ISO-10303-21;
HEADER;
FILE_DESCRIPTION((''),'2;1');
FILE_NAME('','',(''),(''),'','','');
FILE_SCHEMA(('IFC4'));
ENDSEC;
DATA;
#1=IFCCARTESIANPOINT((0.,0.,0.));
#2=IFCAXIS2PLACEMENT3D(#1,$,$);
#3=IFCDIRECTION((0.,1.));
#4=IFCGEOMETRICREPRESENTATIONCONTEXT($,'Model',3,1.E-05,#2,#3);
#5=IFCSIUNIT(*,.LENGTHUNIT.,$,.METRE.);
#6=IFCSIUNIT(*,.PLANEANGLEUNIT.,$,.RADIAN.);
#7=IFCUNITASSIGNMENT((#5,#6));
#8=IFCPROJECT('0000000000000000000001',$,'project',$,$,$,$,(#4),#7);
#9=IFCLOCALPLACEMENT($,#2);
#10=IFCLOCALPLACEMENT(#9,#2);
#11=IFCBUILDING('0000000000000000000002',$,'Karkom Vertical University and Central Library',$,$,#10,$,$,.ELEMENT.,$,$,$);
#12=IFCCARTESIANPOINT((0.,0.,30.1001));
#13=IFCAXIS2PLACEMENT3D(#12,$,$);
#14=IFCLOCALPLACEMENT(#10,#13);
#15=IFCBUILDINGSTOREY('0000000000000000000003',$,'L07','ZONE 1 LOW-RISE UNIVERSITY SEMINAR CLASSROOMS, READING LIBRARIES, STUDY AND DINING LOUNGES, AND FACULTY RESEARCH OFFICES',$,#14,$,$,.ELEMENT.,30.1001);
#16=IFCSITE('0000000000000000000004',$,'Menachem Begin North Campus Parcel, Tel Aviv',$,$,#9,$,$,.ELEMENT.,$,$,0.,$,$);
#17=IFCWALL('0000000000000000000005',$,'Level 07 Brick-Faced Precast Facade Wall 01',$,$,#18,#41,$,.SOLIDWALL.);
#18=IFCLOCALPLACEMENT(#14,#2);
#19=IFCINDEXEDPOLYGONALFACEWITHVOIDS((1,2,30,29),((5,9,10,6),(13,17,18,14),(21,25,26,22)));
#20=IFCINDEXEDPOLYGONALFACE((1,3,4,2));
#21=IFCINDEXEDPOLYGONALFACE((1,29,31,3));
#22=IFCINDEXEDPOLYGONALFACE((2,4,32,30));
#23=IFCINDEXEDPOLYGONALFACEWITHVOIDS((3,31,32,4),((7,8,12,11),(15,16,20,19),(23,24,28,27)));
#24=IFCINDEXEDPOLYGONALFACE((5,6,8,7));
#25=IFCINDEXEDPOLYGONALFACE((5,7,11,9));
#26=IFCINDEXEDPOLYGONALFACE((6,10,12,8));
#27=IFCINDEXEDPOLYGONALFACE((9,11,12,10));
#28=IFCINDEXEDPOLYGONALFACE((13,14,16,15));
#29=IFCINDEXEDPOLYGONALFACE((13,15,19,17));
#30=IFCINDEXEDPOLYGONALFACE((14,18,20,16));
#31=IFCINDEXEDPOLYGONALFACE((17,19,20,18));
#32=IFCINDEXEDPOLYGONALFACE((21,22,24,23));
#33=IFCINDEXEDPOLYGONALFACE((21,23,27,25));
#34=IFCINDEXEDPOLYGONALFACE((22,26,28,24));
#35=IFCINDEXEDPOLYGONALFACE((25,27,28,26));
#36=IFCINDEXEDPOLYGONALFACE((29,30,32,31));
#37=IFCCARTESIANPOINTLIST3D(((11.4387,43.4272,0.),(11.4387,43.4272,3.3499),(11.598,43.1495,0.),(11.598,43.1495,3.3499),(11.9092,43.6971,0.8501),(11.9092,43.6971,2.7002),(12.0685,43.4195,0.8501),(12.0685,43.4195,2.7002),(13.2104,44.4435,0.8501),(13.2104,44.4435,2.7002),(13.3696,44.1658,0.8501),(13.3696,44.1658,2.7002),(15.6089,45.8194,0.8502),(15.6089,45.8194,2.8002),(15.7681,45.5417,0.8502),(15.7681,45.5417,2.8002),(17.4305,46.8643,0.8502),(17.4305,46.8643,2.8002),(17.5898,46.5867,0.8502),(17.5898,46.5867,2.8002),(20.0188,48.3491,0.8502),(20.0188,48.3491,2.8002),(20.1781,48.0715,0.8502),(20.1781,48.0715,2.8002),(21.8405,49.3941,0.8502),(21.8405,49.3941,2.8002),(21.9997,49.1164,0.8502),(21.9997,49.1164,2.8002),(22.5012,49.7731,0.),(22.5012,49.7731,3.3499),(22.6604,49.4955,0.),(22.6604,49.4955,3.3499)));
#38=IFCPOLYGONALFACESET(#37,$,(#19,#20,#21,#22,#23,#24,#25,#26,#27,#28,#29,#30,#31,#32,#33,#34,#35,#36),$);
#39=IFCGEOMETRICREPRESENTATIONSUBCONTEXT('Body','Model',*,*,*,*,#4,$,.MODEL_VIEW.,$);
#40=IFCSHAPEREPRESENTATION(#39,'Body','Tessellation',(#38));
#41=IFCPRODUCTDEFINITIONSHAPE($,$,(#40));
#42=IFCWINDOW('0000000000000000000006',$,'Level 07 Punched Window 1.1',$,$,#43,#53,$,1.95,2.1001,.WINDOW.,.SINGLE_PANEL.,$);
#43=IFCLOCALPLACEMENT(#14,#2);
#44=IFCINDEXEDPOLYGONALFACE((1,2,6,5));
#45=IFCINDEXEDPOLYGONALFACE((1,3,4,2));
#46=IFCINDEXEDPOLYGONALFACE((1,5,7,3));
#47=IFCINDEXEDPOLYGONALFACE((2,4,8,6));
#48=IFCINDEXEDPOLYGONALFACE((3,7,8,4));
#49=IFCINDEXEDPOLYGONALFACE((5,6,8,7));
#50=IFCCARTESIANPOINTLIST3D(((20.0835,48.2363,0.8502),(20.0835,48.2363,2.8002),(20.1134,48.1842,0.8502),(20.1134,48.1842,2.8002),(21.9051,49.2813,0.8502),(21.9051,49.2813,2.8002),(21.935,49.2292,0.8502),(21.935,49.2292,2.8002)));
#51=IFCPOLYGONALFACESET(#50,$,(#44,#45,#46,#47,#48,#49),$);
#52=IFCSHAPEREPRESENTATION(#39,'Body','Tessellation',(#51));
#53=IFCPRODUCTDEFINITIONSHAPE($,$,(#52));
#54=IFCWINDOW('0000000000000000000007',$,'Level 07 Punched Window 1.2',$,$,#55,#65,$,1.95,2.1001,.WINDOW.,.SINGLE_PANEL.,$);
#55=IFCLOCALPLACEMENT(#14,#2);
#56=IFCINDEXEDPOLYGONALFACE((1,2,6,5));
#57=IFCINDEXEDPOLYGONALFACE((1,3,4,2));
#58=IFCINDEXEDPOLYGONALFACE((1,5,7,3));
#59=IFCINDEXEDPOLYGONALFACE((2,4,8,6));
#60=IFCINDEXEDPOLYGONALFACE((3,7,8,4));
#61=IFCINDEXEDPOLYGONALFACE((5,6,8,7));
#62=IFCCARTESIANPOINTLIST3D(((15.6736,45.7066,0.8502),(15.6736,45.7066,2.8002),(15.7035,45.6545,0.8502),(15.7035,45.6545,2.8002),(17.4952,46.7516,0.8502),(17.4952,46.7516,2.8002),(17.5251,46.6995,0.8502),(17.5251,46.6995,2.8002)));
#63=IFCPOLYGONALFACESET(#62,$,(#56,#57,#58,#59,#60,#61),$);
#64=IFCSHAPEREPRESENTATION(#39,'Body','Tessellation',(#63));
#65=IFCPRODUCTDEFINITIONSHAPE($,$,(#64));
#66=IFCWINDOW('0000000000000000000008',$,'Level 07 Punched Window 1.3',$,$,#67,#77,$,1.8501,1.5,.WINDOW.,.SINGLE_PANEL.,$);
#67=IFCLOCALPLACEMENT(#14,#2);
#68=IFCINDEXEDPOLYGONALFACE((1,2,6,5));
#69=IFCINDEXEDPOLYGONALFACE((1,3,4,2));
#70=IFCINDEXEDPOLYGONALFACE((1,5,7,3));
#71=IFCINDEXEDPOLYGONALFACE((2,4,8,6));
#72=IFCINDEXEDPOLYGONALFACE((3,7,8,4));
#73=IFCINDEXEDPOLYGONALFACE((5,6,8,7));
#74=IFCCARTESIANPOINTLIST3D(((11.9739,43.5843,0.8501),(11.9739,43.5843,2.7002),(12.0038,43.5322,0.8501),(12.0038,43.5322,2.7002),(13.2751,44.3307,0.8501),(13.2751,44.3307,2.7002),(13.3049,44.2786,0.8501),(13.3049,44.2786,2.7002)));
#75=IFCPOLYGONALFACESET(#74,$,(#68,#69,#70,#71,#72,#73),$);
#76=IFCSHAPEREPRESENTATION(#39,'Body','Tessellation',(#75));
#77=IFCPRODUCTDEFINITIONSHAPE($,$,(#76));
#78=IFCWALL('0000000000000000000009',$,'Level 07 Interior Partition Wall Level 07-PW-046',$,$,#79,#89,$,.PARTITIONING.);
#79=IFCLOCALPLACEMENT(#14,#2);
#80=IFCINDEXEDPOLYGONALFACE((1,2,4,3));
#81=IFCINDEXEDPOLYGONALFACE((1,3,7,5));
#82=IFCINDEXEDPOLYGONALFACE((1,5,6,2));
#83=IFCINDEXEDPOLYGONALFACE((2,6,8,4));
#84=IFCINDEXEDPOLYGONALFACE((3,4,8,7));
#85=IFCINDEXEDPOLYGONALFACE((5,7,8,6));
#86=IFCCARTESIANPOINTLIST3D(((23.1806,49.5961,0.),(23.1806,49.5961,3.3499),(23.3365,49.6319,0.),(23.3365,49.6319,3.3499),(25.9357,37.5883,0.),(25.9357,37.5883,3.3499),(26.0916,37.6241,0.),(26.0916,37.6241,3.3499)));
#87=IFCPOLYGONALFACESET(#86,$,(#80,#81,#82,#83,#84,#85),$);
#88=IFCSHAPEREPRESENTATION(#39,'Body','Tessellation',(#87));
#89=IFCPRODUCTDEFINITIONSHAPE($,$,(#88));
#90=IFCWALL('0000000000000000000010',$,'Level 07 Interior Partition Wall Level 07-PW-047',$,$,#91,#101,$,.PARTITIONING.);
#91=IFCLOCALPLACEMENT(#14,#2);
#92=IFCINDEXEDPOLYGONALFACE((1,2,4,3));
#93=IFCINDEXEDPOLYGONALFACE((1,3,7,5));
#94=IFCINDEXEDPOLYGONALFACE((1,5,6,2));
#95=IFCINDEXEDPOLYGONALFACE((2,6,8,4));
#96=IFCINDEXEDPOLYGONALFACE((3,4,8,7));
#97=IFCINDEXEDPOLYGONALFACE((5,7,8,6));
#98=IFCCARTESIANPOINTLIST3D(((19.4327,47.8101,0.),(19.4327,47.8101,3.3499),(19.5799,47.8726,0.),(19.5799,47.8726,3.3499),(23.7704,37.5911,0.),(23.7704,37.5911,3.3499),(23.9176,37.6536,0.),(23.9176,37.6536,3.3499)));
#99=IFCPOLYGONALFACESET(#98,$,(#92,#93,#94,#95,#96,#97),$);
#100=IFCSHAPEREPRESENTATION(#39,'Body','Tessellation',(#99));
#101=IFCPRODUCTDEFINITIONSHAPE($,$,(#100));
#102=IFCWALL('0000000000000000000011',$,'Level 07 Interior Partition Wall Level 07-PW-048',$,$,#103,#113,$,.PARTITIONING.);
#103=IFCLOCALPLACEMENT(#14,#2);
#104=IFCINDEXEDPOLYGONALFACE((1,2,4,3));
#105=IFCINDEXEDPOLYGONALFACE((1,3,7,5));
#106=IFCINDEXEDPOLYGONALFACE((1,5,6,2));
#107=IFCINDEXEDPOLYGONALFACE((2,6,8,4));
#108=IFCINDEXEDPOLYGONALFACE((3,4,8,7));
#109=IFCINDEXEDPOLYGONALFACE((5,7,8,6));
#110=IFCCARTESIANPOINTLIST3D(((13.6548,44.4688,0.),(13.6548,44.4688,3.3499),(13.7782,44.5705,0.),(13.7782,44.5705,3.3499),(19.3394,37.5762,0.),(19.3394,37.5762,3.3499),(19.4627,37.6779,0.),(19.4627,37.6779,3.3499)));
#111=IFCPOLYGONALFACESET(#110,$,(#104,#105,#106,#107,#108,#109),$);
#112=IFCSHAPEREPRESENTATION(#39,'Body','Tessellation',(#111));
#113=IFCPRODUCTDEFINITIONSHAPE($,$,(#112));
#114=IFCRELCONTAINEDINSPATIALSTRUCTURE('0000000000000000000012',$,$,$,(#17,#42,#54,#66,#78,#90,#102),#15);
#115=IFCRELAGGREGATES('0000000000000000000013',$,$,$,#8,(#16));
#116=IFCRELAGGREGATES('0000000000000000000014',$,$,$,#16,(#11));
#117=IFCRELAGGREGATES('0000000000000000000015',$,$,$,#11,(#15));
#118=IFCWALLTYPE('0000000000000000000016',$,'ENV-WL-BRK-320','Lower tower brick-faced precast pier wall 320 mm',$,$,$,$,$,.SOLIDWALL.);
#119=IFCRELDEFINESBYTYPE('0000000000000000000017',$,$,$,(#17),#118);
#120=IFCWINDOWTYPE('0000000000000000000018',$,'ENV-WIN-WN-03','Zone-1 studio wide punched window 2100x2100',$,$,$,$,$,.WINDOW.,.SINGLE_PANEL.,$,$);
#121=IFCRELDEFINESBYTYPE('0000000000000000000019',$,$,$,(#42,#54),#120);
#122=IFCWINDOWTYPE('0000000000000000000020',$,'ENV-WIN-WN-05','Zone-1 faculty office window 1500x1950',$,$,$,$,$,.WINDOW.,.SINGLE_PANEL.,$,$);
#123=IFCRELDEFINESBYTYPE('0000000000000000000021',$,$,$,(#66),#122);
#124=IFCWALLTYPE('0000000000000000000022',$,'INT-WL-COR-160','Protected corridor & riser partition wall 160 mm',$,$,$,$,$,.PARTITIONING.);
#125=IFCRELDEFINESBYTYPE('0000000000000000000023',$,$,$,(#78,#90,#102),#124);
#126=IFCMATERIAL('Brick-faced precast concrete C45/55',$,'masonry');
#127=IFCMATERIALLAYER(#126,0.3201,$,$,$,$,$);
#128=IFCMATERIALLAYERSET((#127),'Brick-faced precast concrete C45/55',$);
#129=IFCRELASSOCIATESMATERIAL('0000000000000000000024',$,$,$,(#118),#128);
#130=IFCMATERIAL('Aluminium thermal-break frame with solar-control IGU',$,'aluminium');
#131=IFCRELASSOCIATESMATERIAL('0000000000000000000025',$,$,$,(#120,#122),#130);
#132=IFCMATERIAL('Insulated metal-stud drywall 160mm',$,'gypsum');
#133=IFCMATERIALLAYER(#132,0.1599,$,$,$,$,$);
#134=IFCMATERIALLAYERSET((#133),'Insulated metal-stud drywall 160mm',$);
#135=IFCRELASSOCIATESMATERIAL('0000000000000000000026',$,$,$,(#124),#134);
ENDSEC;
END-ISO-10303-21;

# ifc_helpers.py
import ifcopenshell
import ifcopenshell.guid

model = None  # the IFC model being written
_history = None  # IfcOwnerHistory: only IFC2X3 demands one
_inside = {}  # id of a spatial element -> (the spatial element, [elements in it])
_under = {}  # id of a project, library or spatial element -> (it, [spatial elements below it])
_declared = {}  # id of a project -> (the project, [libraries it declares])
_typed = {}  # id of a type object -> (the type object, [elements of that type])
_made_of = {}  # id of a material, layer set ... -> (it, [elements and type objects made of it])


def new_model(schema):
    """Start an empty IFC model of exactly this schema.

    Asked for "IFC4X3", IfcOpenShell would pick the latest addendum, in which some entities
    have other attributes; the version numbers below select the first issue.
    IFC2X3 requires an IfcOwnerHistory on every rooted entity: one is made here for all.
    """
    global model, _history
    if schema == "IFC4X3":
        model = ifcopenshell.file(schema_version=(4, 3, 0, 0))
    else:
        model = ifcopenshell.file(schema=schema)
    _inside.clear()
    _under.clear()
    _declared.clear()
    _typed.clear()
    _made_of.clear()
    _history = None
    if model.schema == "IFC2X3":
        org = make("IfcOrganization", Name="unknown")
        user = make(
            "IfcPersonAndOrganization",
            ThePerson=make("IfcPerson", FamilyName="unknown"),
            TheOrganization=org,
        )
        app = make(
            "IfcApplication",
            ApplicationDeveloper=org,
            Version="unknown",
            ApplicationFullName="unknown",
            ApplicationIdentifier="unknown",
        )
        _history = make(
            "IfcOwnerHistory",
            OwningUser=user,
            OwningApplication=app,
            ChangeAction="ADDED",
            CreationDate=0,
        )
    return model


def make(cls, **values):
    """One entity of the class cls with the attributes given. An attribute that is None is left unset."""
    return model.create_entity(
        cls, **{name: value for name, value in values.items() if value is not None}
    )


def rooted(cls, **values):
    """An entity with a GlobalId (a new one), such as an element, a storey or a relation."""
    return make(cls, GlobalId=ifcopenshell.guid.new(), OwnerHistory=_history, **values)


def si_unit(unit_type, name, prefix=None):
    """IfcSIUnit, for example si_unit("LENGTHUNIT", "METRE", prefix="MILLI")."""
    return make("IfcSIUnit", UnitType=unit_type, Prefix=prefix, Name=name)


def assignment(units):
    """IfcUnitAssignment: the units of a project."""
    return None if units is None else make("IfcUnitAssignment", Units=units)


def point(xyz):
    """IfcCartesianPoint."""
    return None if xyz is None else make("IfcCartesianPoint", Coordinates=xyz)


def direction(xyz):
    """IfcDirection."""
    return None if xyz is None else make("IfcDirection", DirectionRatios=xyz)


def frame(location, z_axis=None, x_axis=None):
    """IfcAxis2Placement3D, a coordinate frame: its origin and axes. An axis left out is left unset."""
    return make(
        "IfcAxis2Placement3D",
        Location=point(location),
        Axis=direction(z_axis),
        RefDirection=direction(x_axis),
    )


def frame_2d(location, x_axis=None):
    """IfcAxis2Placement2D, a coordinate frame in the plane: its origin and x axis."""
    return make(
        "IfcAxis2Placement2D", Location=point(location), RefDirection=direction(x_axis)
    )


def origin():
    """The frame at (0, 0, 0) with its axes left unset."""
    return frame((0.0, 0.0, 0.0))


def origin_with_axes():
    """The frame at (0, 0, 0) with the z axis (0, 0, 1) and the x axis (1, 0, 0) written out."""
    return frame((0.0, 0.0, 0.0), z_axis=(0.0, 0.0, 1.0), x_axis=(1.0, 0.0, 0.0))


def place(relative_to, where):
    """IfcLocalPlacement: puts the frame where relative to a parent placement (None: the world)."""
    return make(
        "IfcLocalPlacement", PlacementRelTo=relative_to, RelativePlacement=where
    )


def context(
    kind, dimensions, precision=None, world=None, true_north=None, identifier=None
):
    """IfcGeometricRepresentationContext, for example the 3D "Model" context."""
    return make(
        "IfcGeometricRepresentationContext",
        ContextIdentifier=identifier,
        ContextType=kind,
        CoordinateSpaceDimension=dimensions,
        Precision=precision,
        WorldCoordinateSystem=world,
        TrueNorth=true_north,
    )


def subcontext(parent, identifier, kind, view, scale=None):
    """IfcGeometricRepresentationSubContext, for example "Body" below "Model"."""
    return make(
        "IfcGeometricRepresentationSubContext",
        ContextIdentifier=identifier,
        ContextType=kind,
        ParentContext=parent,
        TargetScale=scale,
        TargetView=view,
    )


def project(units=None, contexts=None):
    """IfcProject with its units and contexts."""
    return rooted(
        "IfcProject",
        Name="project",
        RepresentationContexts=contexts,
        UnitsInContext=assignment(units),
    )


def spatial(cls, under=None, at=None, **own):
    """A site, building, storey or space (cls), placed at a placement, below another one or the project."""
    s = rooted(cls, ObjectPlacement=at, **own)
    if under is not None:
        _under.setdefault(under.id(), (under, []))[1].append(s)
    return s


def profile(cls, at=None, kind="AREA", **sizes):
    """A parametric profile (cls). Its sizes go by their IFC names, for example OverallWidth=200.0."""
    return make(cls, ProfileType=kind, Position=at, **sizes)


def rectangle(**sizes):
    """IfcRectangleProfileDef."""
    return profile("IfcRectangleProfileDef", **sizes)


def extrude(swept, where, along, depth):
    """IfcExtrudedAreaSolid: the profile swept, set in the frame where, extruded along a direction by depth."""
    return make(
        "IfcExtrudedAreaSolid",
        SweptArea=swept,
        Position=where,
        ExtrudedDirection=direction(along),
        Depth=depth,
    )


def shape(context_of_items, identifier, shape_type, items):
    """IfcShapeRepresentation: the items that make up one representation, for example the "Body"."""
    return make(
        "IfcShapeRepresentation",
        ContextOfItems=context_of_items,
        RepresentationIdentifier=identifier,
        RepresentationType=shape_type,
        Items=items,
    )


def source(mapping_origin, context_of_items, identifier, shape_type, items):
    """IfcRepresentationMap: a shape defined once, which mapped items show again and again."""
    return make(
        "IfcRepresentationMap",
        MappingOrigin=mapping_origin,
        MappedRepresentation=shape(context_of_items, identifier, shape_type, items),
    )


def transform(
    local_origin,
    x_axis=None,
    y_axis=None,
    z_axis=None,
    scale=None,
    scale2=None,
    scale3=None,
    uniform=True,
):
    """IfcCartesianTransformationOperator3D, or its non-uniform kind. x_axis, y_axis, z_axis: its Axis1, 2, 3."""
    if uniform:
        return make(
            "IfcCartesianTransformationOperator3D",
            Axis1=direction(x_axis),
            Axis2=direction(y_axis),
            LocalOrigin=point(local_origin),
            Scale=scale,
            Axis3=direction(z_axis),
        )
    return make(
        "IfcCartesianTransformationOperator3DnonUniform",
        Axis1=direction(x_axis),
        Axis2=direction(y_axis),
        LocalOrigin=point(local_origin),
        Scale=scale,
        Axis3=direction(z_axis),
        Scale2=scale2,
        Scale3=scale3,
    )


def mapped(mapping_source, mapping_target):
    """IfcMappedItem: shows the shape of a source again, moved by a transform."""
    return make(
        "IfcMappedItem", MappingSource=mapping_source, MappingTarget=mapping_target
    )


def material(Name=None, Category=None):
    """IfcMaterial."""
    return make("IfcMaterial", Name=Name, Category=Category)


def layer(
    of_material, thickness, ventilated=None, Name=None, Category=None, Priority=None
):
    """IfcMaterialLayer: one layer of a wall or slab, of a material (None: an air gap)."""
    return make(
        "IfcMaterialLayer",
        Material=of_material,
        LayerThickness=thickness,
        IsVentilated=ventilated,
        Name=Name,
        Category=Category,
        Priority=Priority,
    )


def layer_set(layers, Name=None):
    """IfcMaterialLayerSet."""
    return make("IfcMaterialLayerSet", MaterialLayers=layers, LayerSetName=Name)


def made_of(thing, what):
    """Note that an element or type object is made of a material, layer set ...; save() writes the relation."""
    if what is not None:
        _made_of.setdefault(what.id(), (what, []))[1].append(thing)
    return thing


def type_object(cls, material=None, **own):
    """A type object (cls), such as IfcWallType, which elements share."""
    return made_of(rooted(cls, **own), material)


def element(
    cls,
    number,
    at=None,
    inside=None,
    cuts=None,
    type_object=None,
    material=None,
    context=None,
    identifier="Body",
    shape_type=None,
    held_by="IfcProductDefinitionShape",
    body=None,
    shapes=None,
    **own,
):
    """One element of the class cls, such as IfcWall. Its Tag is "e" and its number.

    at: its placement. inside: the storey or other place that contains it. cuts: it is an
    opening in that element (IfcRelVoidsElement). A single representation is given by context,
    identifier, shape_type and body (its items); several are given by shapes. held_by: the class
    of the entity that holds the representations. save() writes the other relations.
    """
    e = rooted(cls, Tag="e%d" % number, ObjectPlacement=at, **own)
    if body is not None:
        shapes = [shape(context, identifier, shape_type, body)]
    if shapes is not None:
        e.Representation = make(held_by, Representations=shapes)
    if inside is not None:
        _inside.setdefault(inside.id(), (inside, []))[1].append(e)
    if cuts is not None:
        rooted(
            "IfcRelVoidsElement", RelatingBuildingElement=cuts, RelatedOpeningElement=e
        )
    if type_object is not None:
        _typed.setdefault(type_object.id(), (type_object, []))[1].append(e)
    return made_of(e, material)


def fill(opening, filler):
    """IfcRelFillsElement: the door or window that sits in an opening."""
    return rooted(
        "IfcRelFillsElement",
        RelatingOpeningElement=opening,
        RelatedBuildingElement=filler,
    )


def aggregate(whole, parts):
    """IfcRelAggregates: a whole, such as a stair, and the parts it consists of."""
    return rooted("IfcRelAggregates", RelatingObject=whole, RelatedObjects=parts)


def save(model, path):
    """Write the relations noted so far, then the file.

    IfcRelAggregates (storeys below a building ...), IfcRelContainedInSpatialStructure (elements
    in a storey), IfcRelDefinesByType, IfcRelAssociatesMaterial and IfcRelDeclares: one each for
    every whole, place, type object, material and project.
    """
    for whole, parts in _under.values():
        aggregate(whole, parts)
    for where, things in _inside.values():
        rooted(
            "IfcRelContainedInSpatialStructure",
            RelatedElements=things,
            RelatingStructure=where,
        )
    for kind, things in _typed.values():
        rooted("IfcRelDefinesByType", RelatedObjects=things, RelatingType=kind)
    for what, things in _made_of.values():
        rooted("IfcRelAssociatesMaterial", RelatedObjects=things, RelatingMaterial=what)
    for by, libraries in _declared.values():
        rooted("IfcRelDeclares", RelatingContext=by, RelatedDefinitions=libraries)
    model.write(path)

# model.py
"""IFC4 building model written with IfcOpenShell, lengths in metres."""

from ifc_helpers import new_model, si_unit, direction, frame, frame_2d, origin, origin_with_axes, place, context, subcontext, project, spatial, rectangle, extrude, source, transform, mapped, material, layer, layer_set, type_object, element, fill, save


model = new_model("IFC4")

# Units and contexts
model_context = context("Model", 3, precision=1e-05, world=origin(), true_north=direction((0.0, 1.0)))
body_context = subcontext(model_context, "Body", "Model", "MODEL_VIEW")
ifc_project = project(units=[si_unit("LENGTHUNIT", "METRE"), si_unit("PLANEANGLEUNIT", "RADIAN")], contexts=[model_context])

# Site, building, storey
site_placement = place(None, origin())
site = spatial("IfcSite", under=ifc_project, at=site_placement, Name="Menachem Begin North Campus Parcel, Tel Aviv", CompositionType="ELEMENT", RefElevation=0.0)
building_placement = place(site_placement, origin())
building = spatial("IfcBuilding", under=site, at=building_placement, Name="Karkom Vertical University and Central Library", CompositionType="ELEMENT")
storey_placement = place(building_placement, frame((0.0, 0.0, 30.1001)))
storey = spatial("IfcBuildingStorey", under=building, at=storey_placement, Name="L07", Description="ZONE 1 LOW-RISE UNIVERSITY SEMINAR CLASSROOMS, READING LIBRARIES, STUDY AND DINING LOUNGES, AND FACULTY RESEARCH OFFICES", CompositionType="ELEMENT", Elevation=30.1001)

# Wall, openings, windows
ifc_material_1 = material(Name="Brick-faced precast concrete C45/55", Category="masonry")
ifc_layer_1 = layer(ifc_material_1, 0.3201)
ifc_layer_set_1 = layer_set([ifc_layer_1], Name="Brick-faced precast concrete C45/55")
wall_type_1 = type_object("IfcWallType", Name="ENV-WL-BRK-320", Description="Lower tower brick-faced precast pier wall 320 mm", PredefinedType="SOLIDWALL", material=ifc_layer_set_1)
wall_1_placement = place(storey_placement, frame((22.5808, 49.6343, 0.0), z_axis=(0.0, 0.0, 1.0), x_axis=(-0.867414, -0.497588, 0.0)))
wall_1 = element("IfcWall", 1, at=wall_1_placement, inside=storey, type_object=wall_type_1, Name="Level 07 Brick-Faced Precast Facade Wall 01", PredefinedType="SOLIDWALL", context=body_context, shape_type="SweptSolid", body=[
    extrude(rectangle(XDim=12.7534, YDim=0.3201, at=frame_2d((6.3767, 0.0))), origin(), (0.0, 0.0, 1.0), 3.3499),
])
opening_1_placement = place(wall_1_placement, frame((0.7617, 0.0, 0.8501)))
opening_1 = element("IfcOpeningElement", 2, at=opening_1_placement, cuts=wall_1, PredefinedType="OPENING", context=body_context, shape_type="SweptSolid", body=[
    extrude(rectangle(XDim=2.1001, YDim=1.95, at=frame_2d((1.05, 0.9751))), frame((0.0, 0.1699, 0.0), z_axis=(0.0, -1.0, 0.0), x_axis=(1.0, 0.0, 0.0)), (0.0, 0.0, 1.0), 0.3401),
])
opening_2_placement = place(wall_1_placement, frame((5.8457, 0.0, 0.8501)))
opening_2 = element("IfcOpeningElement", 3, at=opening_2_placement, cuts=wall_1, PredefinedType="OPENING", context=body_context, shape_type="SweptSolid", body=[
    extrude(rectangle(XDim=2.1001, YDim=1.95, at=frame_2d((1.05, 0.9751))), frame((0.0, 0.1699, 0.0), z_axis=(0.0, -1.0, 0.0), x_axis=(1.0, 0.0, 0.0)), (0.0, 0.0, 1.0), 0.3401),
])
opening_3_placement = place(wall_1_placement, frame((10.7109, 0.0, 0.8501)))
opening_3 = element("IfcOpeningElement", 4, at=opening_3_placement, cuts=wall_1, PredefinedType="OPENING", context=body_context, shape_type="SweptSolid", body=[
    extrude(rectangle(XDim=1.5, YDim=1.8501, at=frame_2d((0.75, 0.925))), frame((0.0, 0.1699, 0.0), z_axis=(0.0, -1.0, 0.0), x_axis=(1.0, 0.0, 0.0)), (0.0, 0.0, 1.0), 0.3401),
])
ifc_material_2 = material(Name="Aluminium thermal-break frame with solar-control IGU", Category="aluminium")
window_type_1 = type_object("IfcWindowType", Name="ENV-WIN-WN-03", Description="Zone-1 studio wide punched window 2100x2100", PartitioningType="SINGLE_PANEL", PredefinedType="WINDOW", material=ifc_material_2)
shared_shape_1 = source(origin_with_axes(), body_context, "Body", "SweptSolid", [
    extrude(rectangle(XDim=2.1001, YDim=1.95, at=frame_2d((1.05, 0.9751))), frame((0.0, 0.03, 0.0), z_axis=(0.0, -1.0, 0.0), x_axis=(1.0, 0.0, 0.0)), (0.0, 0.0, 1.0), 0.0601),
])
window_1_placement = place(opening_1_placement, origin())
window_1 = element("IfcWindow", 5, at=window_1_placement, inside=storey, type_object=window_type_1, Name="Level 07 Punched Window 1.1", OverallHeight=1.95, OverallWidth=2.1001, PartitioningType="SINGLE_PANEL", PredefinedType="WINDOW", context=body_context, shape_type="MappedRepresentation", body=[
    mapped(shared_shape_1, transform((0.0, 0.0, 0.0), scale=1.0)),
])
fill(opening_1, window_1)
window_2_placement = place(opening_2_placement, origin())
window_2 = element("IfcWindow", 6, at=window_2_placement, inside=storey, type_object=window_type_1, Name="Level 07 Punched Window 1.2", OverallHeight=1.95, OverallWidth=2.1001, PartitioningType="SINGLE_PANEL", PredefinedType="WINDOW", context=body_context, shape_type="MappedRepresentation", body=[
    mapped(shared_shape_1, transform((0.0, 0.0, 0.0), scale=1.0)),
])
fill(opening_2, window_2)
window_type_2 = type_object("IfcWindowType", Name="ENV-WIN-WN-05", Description="Zone-1 faculty office window 1500x1950", PartitioningType="SINGLE_PANEL", PredefinedType="WINDOW", material=ifc_material_2)
shared_shape_2 = source(origin_with_axes(), body_context, "Body", "SweptSolid", [
    extrude(rectangle(XDim=1.5, YDim=1.8501, at=frame_2d((0.75, 0.925))), frame((0.0, 0.03, 0.0), z_axis=(0.0, -1.0, 0.0), x_axis=(1.0, 0.0, 0.0)), (0.0, 0.0, 1.0), 0.0601),
])
window_3_placement = place(opening_3_placement, origin())
window_3 = element("IfcWindow", 7, at=window_3_placement, inside=storey, type_object=window_type_2, Name="Level 07 Punched Window 1.3", OverallHeight=1.8501, OverallWidth=1.5, PartitioningType="SINGLE_PANEL", PredefinedType="WINDOW", context=body_context, shape_type="MappedRepresentation", body=[
    mapped(shared_shape_2, transform((0.0, 0.0, 0.0), scale=1.0)),
])
fill(opening_3, window_3)

# Walls
ifc_material_3 = material(Name="Insulated metal-stud drywall 160mm", Category="gypsum")
ifc_layer_2 = layer(ifc_material_3, 0.1599)
ifc_layer_set_2 = layer_set([ifc_layer_2], Name="Insulated metal-stud drywall 160mm")
wall_type_2 = type_object("IfcWallType", Name="INT-WL-COR-160", Description="Protected corridor & riser partition wall 160 mm", PredefinedType="PARTITIONING", material=ifc_layer_set_2)
wall_2_placement = place(storey_placement, frame((26.0137, 37.6062, 0.0), z_axis=(0.0, 0.0, 1.0), x_axis=(-0.223633, 0.974673, 0.0)))
element("IfcWall", 8, at=wall_2_placement, inside=storey, type_object=wall_type_2, Name="Level 07 Interior Partition Wall Level 07-PW-046", PredefinedType="PARTITIONING", context=body_context, shape_type="SweptSolid", body=[
    extrude(rectangle(XDim=12.3198, YDim=0.1599, at=frame_2d((6.1599, 0.0))), origin(), (0.0, 0.0, 1.0), 3.3499),
])
wall_3_placement = place(storey_placement, frame((23.844, 37.6223, 0.0), z_axis=(0.0, 0.0, 1.0), x_axis=(-0.390727, 0.920507, 0.0)))
element("IfcWall", 9, at=wall_3_placement, inside=storey, type_object=wall_type_2, Name="Level 07 Interior Partition Wall Level 07-PW-047", PredefinedType="PARTITIONING", context=body_context, shape_type="SweptSolid", body=[
    extrude(rectangle(XDim=11.1016, YDim=0.1599, at=frame_2d((5.5508, 0.0))), origin(), (0.0, 0.0, 1.0), 3.3499),
])
wall_4_placement = place(storey_placement, frame((19.4011, 37.627, 0.0), z_axis=(0.0, 0.0, 1.0), x_axis=(-0.636263, 0.771473, 0.0)))
element("IfcWall", 10, at=wall_4_placement, inside=storey, type_object=wall_type_2, Name="Level 07 Interior Partition Wall Level 07-PW-048", PredefinedType="PARTITIONING", context=body_context, shape_type="SweptSolid", body=[
    extrude(rectangle(XDim=8.9343, YDim=0.1599, at=frame_2d((4.4673, 0.0))), origin(), (0.0, 0.0, 1.0), 3.3499),
])

save(model, "model.ifc")
